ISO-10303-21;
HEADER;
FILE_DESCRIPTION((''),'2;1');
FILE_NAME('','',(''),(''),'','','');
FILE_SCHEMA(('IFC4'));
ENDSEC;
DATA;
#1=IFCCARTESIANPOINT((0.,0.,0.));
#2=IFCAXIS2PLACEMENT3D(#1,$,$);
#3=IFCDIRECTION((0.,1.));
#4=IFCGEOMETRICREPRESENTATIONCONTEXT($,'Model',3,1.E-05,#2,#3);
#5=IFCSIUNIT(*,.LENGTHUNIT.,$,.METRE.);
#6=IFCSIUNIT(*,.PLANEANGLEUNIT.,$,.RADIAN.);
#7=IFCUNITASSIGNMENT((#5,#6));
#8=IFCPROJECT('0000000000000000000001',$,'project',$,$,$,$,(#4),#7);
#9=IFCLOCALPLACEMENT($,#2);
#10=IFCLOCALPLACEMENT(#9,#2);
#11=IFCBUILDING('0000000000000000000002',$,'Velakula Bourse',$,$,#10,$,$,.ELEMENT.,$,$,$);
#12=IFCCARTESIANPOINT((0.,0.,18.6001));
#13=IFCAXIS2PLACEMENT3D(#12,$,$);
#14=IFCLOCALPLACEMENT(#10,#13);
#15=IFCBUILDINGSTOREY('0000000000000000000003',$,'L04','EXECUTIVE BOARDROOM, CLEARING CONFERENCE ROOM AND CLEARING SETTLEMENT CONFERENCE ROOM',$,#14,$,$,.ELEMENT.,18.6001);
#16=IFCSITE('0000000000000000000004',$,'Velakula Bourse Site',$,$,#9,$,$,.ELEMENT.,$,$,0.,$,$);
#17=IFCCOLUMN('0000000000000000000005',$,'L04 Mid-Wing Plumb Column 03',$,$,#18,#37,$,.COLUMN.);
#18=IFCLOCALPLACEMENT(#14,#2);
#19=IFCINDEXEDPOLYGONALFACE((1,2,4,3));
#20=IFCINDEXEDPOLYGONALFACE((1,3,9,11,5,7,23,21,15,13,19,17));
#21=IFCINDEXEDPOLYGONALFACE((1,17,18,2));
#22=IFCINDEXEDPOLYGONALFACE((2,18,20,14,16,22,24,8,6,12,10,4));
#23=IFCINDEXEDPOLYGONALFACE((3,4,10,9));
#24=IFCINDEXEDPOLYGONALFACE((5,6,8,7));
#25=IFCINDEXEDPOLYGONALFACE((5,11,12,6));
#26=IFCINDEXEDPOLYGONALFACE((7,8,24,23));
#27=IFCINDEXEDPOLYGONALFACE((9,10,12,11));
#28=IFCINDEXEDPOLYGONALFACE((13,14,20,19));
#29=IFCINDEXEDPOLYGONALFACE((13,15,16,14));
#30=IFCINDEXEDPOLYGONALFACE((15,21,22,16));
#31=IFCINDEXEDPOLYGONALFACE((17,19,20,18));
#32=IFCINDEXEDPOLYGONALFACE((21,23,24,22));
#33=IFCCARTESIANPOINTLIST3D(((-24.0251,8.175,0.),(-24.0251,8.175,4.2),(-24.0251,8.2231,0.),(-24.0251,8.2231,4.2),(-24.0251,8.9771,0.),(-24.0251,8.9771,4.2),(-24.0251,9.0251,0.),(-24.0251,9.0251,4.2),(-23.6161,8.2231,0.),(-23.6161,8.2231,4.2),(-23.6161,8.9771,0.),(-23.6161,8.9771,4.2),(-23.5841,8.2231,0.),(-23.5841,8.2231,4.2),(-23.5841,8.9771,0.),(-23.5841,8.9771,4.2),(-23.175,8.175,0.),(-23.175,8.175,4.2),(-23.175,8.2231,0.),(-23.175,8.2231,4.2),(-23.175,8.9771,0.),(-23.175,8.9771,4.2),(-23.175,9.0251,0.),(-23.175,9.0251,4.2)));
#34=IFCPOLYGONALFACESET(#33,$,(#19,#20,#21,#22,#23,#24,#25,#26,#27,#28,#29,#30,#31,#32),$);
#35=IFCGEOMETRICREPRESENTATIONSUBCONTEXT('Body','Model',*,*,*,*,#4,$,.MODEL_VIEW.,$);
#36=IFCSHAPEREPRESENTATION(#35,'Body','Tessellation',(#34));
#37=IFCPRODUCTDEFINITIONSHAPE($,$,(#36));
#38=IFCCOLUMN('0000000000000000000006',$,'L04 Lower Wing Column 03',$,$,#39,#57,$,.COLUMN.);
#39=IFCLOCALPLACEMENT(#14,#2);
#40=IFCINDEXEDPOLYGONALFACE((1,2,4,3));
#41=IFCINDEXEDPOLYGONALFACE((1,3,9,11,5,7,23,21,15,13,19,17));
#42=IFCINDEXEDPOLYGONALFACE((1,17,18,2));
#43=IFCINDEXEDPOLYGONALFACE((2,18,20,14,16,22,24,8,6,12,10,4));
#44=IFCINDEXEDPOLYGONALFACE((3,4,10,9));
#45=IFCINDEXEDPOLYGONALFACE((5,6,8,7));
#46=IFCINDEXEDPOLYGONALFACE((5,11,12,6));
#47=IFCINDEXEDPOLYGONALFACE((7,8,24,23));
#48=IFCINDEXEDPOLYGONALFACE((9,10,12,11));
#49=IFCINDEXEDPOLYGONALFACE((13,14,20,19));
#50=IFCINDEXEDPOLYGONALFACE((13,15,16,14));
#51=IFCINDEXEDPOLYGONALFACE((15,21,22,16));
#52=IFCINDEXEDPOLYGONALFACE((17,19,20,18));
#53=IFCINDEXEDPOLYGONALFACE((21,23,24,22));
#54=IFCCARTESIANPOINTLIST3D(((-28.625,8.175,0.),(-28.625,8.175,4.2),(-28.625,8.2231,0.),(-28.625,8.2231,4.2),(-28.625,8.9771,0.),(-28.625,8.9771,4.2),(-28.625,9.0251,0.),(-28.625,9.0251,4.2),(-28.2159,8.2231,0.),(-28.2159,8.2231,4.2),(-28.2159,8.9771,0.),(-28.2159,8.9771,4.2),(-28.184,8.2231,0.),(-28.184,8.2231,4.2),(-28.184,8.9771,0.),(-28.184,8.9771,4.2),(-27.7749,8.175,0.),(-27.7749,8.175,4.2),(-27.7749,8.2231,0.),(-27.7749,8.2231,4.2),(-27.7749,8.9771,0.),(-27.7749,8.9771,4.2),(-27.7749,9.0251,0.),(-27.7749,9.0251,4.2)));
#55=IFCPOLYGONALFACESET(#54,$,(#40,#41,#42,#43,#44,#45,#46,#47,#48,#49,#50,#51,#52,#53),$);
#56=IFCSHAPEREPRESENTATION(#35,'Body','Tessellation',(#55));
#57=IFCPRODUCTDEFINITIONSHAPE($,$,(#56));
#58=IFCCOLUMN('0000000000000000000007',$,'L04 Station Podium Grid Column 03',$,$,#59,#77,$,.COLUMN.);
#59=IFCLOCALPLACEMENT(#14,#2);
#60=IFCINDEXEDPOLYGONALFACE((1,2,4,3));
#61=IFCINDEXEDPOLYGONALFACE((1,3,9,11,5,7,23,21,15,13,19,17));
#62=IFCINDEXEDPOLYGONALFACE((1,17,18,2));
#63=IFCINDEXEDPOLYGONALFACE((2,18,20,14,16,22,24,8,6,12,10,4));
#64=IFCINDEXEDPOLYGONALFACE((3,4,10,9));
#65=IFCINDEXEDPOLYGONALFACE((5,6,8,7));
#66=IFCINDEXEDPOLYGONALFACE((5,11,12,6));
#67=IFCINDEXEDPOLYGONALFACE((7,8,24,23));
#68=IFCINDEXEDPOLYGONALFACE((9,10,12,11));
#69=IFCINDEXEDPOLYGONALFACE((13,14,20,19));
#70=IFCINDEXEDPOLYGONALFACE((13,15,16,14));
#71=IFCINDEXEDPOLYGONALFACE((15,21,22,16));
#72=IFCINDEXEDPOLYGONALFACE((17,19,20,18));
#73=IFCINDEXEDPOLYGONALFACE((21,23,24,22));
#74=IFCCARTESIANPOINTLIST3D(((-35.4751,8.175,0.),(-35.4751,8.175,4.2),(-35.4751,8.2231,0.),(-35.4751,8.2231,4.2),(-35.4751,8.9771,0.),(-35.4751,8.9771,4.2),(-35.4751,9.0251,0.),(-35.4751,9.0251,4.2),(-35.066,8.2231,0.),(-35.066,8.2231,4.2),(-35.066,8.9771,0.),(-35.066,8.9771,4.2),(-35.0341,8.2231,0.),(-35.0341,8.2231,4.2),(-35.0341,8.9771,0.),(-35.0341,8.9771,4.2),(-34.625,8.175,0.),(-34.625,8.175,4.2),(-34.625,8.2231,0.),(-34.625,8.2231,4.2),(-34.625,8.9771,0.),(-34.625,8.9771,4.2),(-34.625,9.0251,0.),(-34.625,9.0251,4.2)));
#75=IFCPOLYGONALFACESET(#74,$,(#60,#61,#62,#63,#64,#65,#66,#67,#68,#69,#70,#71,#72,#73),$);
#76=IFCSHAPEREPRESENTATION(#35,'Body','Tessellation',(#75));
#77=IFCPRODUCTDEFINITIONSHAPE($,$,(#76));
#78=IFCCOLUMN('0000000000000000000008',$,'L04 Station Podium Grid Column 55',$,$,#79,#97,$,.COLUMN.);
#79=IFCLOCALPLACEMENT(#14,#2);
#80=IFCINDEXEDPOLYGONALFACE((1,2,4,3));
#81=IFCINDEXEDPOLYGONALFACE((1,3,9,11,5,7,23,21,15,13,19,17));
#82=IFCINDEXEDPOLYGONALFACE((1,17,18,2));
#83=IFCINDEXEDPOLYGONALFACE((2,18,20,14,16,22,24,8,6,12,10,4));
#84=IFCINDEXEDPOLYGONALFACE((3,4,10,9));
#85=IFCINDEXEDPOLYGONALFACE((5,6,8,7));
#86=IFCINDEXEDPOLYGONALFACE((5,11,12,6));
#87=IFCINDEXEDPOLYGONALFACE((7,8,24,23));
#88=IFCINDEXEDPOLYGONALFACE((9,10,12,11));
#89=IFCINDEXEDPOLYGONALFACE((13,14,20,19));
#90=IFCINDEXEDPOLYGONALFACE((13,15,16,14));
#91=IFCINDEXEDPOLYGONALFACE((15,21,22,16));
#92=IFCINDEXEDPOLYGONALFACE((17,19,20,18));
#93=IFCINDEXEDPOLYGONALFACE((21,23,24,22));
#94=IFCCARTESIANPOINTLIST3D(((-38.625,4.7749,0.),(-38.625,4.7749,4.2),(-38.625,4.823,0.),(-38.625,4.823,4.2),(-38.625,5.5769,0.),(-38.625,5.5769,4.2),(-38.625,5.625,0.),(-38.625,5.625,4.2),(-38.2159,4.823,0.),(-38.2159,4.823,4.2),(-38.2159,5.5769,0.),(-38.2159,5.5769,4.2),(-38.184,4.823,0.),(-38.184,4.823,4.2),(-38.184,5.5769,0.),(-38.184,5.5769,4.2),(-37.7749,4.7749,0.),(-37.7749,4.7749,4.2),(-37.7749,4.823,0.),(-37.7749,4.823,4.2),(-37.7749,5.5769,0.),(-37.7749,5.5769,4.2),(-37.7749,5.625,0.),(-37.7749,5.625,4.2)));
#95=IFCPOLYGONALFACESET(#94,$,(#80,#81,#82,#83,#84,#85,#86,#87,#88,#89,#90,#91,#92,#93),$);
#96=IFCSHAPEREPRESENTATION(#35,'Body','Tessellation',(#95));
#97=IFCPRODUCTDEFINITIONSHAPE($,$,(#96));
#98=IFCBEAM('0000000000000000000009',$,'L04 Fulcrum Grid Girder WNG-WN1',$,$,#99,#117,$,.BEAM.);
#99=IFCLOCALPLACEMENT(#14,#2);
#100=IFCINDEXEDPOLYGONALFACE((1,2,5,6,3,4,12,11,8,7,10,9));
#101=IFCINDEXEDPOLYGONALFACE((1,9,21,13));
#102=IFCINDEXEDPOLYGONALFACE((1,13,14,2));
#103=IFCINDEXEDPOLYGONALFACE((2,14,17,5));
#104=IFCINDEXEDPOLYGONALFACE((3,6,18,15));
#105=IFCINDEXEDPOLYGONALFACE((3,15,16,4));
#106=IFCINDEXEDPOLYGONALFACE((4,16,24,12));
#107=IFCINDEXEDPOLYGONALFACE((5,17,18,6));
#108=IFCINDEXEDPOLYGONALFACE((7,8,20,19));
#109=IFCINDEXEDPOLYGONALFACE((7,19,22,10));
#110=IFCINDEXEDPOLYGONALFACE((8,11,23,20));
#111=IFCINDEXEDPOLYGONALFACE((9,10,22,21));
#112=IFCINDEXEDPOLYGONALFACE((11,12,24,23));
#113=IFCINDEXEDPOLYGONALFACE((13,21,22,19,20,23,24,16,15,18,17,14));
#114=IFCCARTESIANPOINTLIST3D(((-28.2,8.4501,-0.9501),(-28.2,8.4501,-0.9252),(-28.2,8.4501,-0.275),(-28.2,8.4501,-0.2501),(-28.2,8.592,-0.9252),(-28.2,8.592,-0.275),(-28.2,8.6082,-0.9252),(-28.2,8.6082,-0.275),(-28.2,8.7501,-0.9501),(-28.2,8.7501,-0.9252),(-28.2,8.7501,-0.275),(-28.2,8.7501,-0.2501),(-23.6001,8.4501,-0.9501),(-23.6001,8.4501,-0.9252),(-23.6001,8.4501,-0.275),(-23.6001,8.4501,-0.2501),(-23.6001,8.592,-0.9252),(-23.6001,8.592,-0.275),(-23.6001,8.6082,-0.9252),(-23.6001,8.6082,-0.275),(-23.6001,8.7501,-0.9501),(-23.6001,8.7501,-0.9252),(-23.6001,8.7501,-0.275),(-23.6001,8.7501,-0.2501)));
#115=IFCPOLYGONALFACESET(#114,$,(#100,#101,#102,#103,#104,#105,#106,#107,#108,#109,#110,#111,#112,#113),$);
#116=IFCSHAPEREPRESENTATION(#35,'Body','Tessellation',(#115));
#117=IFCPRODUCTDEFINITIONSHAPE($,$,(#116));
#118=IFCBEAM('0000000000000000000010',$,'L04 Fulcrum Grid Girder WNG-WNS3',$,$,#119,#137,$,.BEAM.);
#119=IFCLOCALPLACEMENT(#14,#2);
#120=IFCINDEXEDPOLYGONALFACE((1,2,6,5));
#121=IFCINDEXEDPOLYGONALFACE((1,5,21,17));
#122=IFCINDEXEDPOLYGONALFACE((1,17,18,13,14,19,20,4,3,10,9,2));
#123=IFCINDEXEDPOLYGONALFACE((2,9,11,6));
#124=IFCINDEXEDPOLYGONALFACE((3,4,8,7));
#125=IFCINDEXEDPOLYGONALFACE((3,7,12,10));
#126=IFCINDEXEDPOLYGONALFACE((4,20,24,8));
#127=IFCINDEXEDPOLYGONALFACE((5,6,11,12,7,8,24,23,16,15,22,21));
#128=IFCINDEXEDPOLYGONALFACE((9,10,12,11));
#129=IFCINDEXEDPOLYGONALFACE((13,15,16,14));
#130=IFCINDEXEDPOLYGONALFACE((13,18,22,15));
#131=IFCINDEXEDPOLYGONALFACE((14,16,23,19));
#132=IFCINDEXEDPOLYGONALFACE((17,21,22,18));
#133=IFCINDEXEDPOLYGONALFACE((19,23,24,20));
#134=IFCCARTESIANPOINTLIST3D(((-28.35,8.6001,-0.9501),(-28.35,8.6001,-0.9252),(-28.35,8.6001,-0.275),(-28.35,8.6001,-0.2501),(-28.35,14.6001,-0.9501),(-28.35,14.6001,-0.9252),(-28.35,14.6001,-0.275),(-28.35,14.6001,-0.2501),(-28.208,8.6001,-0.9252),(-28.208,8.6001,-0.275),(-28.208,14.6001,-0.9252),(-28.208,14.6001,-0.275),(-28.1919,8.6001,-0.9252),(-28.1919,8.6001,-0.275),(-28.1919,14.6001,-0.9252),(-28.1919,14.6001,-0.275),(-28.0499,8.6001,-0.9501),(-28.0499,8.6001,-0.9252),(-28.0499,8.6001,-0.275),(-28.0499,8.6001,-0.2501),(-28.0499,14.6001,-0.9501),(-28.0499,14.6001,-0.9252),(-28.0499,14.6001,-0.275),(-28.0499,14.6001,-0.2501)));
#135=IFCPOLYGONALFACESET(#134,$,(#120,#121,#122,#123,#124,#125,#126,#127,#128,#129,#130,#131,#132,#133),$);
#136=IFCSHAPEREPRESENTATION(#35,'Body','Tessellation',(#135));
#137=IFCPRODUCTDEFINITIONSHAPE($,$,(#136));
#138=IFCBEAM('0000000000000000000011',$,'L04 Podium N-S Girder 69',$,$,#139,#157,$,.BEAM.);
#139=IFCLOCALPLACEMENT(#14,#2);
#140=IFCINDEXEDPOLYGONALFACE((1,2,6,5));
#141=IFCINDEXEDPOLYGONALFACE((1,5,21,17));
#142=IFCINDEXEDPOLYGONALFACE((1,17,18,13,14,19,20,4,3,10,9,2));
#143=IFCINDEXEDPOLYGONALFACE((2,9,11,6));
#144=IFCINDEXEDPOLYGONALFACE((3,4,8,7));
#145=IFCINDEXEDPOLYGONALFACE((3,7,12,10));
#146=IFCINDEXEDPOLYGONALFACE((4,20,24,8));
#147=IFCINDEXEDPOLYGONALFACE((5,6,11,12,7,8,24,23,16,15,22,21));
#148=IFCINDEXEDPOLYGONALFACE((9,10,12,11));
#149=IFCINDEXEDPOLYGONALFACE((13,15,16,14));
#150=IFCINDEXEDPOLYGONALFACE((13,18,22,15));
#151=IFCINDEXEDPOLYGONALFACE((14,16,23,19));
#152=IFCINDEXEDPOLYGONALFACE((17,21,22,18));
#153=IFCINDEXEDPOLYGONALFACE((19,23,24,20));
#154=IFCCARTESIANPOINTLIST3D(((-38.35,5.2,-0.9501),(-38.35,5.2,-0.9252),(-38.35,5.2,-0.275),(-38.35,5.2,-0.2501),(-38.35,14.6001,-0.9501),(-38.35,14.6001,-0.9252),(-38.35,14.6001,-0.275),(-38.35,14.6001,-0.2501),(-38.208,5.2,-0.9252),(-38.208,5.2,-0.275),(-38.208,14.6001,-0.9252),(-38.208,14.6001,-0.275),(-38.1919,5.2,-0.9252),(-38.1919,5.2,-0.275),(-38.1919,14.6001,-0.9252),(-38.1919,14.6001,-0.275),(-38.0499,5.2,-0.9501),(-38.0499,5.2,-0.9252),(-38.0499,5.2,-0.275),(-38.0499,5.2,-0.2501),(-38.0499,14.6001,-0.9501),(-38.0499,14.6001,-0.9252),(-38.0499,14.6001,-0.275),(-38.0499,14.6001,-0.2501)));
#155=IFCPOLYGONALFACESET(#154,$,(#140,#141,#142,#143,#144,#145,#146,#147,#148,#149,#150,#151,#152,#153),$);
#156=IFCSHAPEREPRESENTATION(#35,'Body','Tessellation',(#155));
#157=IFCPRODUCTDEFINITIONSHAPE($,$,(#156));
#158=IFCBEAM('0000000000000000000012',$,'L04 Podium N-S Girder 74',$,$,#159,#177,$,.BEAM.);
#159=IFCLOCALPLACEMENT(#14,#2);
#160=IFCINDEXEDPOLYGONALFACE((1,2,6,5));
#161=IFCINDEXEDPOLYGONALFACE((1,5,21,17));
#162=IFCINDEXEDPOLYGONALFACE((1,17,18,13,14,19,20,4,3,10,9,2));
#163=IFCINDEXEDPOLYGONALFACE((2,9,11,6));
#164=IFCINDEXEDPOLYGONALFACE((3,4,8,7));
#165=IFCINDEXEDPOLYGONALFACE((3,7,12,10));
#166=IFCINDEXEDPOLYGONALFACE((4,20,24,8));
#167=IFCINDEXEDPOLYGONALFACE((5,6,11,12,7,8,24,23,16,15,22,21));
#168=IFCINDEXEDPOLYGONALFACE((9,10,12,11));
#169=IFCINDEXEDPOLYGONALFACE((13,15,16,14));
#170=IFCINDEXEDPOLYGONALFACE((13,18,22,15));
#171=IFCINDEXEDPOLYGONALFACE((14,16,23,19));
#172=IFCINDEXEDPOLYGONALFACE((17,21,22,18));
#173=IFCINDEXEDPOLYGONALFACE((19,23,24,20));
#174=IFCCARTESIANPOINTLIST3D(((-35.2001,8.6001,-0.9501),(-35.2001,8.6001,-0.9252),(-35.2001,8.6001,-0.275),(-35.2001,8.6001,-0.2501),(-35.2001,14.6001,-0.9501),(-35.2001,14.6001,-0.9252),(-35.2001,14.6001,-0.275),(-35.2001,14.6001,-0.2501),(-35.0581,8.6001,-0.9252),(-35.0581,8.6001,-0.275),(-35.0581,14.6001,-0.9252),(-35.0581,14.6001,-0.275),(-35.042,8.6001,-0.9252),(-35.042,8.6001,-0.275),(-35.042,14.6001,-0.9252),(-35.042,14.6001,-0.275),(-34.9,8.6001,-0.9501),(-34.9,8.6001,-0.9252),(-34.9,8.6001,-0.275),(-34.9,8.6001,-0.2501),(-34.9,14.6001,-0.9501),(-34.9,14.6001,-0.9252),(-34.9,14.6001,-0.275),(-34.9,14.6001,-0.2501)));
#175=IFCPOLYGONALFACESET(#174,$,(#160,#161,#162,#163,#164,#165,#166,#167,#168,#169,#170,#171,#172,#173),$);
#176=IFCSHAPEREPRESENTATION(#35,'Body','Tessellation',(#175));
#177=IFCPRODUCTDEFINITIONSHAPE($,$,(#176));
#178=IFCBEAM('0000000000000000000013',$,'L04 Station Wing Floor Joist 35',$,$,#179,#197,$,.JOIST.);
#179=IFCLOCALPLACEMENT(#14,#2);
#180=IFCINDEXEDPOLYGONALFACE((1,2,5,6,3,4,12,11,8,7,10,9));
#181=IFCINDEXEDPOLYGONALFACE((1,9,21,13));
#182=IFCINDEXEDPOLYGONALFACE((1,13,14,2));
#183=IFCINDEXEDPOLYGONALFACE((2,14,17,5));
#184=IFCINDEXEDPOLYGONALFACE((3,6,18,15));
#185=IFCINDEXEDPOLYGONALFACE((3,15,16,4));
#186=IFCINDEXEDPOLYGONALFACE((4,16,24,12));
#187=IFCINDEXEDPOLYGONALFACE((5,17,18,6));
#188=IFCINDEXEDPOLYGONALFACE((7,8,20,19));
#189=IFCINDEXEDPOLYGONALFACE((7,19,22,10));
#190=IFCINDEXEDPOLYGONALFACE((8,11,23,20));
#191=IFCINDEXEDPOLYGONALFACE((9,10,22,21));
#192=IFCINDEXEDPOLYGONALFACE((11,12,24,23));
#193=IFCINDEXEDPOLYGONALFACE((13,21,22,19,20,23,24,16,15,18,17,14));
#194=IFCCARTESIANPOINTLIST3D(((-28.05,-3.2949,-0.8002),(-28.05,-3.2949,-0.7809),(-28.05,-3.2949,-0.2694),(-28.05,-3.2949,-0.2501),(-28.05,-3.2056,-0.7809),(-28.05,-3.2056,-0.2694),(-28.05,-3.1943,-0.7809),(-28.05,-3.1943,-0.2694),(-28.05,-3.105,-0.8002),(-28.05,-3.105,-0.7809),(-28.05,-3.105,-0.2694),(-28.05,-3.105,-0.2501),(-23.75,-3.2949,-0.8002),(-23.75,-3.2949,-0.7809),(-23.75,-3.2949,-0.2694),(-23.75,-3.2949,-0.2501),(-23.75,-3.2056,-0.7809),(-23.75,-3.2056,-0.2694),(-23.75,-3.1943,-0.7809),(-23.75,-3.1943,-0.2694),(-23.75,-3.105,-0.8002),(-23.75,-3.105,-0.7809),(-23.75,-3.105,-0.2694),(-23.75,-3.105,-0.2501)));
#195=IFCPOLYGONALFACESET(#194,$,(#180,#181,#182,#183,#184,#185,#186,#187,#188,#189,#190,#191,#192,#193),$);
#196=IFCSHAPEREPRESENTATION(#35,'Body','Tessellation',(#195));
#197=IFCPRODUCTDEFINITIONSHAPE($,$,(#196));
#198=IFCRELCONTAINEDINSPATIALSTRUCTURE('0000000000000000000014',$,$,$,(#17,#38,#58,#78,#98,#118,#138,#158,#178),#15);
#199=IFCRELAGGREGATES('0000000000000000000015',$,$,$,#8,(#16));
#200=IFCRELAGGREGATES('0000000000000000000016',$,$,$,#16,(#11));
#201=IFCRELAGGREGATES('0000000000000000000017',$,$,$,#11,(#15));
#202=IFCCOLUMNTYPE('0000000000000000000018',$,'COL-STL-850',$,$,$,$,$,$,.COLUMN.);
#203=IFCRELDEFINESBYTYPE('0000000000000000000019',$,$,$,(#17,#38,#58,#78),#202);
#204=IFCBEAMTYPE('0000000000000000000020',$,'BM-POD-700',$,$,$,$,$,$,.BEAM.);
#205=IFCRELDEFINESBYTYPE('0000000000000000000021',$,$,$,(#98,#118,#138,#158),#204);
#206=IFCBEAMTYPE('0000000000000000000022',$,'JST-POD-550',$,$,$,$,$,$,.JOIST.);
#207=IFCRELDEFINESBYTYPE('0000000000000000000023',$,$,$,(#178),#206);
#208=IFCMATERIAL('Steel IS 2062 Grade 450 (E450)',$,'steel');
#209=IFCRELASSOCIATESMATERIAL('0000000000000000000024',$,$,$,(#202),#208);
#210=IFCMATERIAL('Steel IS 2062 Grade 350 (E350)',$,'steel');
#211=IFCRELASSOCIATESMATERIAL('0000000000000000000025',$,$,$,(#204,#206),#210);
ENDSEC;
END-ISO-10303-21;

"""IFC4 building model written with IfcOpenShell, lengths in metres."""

from ifc_helpers import new_model, si_unit, direction, frame, origin, origin_2d, place, context, subcontext, project, spatial, i_section, extrude, material, material_profile, profile_set, type_object, element, save


model = new_model("IFC4")

# Units and contexts
model_context = context("Model", 3, precision=1e-05, world=origin(), true_north=direction((0.0, 1.0)))
body_context = subcontext(model_context, "Body", "Model", "MODEL_VIEW")
ifc_project = project(units=[si_unit("LENGTHUNIT", "METRE"), si_unit("PLANEANGLEUNIT", "RADIAN")], contexts=[model_context])

# Site, building, storey
site_placement = place(None, origin())
site = spatial("IfcSite", under=ifc_project, at=site_placement, Name="Velakula Bourse Site", CompositionType="ELEMENT", RefElevation=0.0)
building_placement = place(site_placement, origin())
building = spatial("IfcBuilding", under=site, at=building_placement, Name="Velakula Bourse", CompositionType="ELEMENT")
storey_placement = place(building_placement, frame((0.0, 0.0, 18.6001)))
storey = spatial("IfcBuildingStorey", under=building, at=storey_placement, Name="L04", Description="EXECUTIVE BOARDROOM, CLEARING CONFERENCE ROOM AND CLEARING SETTLEMENT CONFERENCE ROOM", CompositionType="ELEMENT", Elevation=18.6001)

# Columns
ifc_material_1 = material(Name="Steel IS 2062 Grade 450 (E450)", Category="steel")
ifc_material_profile_1 = material_profile(ifc_material_1, i_section(OverallWidth=0.8501, OverallDepth=0.8501, WebThickness=0.032, FlangeThickness=0.0481, at=origin_2d()), Name="Steel IS 2062 Grade 450 (E450)")
ifc_profile_set_1 = profile_set([ifc_material_profile_1], Name="Steel IS 2062 Grade 450 (E450)")
column_type = type_object("IfcColumnType", Name="COL-STL-850", PredefinedType="COLUMN", material=ifc_profile_set_1)
for number, where, z_axis, x_axis, name in (
    (1, (-23.6001, 8.6001, 0.0), (0.0, 0.0, 1.0), (1.0, 0.0, 0.0), "L04 Mid-Wing Plumb Column 03"),
    (2, (-28.2, 8.6001, 0.0), (0.0, 0.0, 1.0), (1.0, 0.0, 0.0), "L04 Lower Wing Column 03"),
    (3, (-35.05, 8.6001, 0.0), (0.0, 0.0, 1.0), (1.0, 0.0, 0.0), "L04 Station Podium Grid Column 03"),
    (4, (-38.2, 5.2, 0.0), (0.0, 0.0, 1.0), (1.0, 0.0, 0.0), "L04 Station Podium Grid Column 55"),
):
    element("IfcColumn", number, at=place(storey_placement, frame(where, z_axis=z_axis, x_axis=x_axis)), inside=storey, type_object=column_type, Name=name, PredefinedType="COLUMN", context=body_context, shape_type="SweptSolid", body=[
        extrude(i_section(OverallWidth=0.8501, OverallDepth=0.8501, WebThickness=0.032, FlangeThickness=0.0481, at=origin_2d()), origin(), (0.0, 0.0, 1.0), 4.2),
    ])

# Beams
ifc_material_2 = material(Name="Steel IS 2062 Grade 350 (E350)", Category="steel")
ifc_material_profile_2 = material_profile(ifc_material_2, i_section(OverallWidth=0.3, OverallDepth=0.7, WebThickness=0.0161, FlangeThickness=0.0249, at=origin_2d()), Name="Steel IS 2062 Grade 350 (E350)")
ifc_profile_set_2 = profile_set([ifc_material_profile_2], Name="Steel IS 2062 Grade 350 (E350)")
beam_type_1 = type_object("IfcBeamType", Name="BM-POD-700", PredefinedType="BEAM", material=ifc_profile_set_2)
beam_1_placement = place(storey_placement, frame((-28.2, 8.6001, -0.6001), z_axis=(1.0, 0.0, 0.0), x_axis=(0.0, 1.0, 0.0)))
element("IfcBeam", 5, at=beam_1_placement, inside=storey, type_object=beam_type_1, Name="L04 Fulcrum Grid Girder WNG-WN1", PredefinedType="BEAM", context=body_context, shape_type="SweptSolid", body=[
    extrude(i_section(OverallWidth=0.3, OverallDepth=0.7, WebThickness=0.0161, FlangeThickness=0.0249, at=origin_2d()), origin(), (0.0, 0.0, 1.0), 4.5999),
])
beam_2_placement = place(storey_placement, frame((-28.2, 8.6001, -0.6001), z_axis=(0.0, 1.0, 0.0), x_axis=(-1.0, 0.0, 0.0)))
element("IfcBeam", 6, at=beam_2_placement, inside=storey, type_object=beam_type_1, Name="L04 Fulcrum Grid Girder WNG-WNS3", PredefinedType="BEAM", context=body_context, shape_type="SweptSolid", body=[
    extrude(i_section(OverallWidth=0.3, OverallDepth=0.7, WebThickness=0.0161, FlangeThickness=0.0249, at=origin_2d()), origin(), (0.0, 0.0, 1.0), 6.0),
])
beam_3_placement = place(storey_placement, frame((-38.2, 5.2, -0.6001), z_axis=(0.0, 1.0, 0.0), x_axis=(-1.0, 0.0, 0.0)))
element("IfcBeam", 7, at=beam_3_placement, inside=storey, type_object=beam_type_1, Name="L04 Podium N-S Girder 69", PredefinedType="BEAM", context=body_context, shape_type="SweptSolid", body=[
    extrude(i_section(OverallWidth=0.3, OverallDepth=0.7, WebThickness=0.0161, FlangeThickness=0.0249, at=origin_2d()), origin(), (0.0, 0.0, 1.0), 9.4001),
])
beam_4_placement = place(storey_placement, frame((-35.05, 8.6001, -0.6001), z_axis=(0.0, 1.0, 0.0), x_axis=(-1.0, 0.0, 0.0)))
element("IfcBeam", 8, at=beam_4_placement, inside=storey, type_object=beam_type_1, Name="L04 Podium N-S Girder 74", PredefinedType="BEAM", context=body_context, shape_type="SweptSolid", body=[
    extrude(i_section(OverallWidth=0.3, OverallDepth=0.7, WebThickness=0.0161, FlangeThickness=0.0249, at=origin_2d()), origin(), (0.0, 0.0, 1.0), 6.0),
])
ifc_material_profile_3 = material_profile(ifc_material_2, i_section(OverallWidth=0.1899, OverallDepth=0.55, WebThickness=0.0112, FlangeThickness=0.0193, at=origin_2d()), Name="Steel IS 2062 Grade 350 (E350)")
ifc_profile_set_3 = profile_set([ifc_material_profile_3], Name="Steel IS 2062 Grade 350 (E350)")
beam_type_2 = type_object("IfcBeamType", Name="JST-POD-550", PredefinedType="JOIST", material=ifc_profile_set_3)
beam_5_placement = place(storey_placement, frame((-28.05, -3.2, -0.5251), z_axis=(1.0, 0.0, 0.0), x_axis=(0.0, 1.0, 0.0)))
element("IfcBeam", 9, at=beam_5_placement, inside=storey, type_object=beam_type_2, Name="L04 Station Wing Floor Joist 35", PredefinedType="JOIST", context=body_context, shape_type="SweptSolid", body=[
    extrude(i_section(OverallWidth=0.1899, OverallDepth=0.55, WebThickness=0.0112, FlangeThickness=0.0193, at=origin_2d()), origin(), (0.0, 0.0, 1.0), 4.3),
])

save(model, "model.ifc")
